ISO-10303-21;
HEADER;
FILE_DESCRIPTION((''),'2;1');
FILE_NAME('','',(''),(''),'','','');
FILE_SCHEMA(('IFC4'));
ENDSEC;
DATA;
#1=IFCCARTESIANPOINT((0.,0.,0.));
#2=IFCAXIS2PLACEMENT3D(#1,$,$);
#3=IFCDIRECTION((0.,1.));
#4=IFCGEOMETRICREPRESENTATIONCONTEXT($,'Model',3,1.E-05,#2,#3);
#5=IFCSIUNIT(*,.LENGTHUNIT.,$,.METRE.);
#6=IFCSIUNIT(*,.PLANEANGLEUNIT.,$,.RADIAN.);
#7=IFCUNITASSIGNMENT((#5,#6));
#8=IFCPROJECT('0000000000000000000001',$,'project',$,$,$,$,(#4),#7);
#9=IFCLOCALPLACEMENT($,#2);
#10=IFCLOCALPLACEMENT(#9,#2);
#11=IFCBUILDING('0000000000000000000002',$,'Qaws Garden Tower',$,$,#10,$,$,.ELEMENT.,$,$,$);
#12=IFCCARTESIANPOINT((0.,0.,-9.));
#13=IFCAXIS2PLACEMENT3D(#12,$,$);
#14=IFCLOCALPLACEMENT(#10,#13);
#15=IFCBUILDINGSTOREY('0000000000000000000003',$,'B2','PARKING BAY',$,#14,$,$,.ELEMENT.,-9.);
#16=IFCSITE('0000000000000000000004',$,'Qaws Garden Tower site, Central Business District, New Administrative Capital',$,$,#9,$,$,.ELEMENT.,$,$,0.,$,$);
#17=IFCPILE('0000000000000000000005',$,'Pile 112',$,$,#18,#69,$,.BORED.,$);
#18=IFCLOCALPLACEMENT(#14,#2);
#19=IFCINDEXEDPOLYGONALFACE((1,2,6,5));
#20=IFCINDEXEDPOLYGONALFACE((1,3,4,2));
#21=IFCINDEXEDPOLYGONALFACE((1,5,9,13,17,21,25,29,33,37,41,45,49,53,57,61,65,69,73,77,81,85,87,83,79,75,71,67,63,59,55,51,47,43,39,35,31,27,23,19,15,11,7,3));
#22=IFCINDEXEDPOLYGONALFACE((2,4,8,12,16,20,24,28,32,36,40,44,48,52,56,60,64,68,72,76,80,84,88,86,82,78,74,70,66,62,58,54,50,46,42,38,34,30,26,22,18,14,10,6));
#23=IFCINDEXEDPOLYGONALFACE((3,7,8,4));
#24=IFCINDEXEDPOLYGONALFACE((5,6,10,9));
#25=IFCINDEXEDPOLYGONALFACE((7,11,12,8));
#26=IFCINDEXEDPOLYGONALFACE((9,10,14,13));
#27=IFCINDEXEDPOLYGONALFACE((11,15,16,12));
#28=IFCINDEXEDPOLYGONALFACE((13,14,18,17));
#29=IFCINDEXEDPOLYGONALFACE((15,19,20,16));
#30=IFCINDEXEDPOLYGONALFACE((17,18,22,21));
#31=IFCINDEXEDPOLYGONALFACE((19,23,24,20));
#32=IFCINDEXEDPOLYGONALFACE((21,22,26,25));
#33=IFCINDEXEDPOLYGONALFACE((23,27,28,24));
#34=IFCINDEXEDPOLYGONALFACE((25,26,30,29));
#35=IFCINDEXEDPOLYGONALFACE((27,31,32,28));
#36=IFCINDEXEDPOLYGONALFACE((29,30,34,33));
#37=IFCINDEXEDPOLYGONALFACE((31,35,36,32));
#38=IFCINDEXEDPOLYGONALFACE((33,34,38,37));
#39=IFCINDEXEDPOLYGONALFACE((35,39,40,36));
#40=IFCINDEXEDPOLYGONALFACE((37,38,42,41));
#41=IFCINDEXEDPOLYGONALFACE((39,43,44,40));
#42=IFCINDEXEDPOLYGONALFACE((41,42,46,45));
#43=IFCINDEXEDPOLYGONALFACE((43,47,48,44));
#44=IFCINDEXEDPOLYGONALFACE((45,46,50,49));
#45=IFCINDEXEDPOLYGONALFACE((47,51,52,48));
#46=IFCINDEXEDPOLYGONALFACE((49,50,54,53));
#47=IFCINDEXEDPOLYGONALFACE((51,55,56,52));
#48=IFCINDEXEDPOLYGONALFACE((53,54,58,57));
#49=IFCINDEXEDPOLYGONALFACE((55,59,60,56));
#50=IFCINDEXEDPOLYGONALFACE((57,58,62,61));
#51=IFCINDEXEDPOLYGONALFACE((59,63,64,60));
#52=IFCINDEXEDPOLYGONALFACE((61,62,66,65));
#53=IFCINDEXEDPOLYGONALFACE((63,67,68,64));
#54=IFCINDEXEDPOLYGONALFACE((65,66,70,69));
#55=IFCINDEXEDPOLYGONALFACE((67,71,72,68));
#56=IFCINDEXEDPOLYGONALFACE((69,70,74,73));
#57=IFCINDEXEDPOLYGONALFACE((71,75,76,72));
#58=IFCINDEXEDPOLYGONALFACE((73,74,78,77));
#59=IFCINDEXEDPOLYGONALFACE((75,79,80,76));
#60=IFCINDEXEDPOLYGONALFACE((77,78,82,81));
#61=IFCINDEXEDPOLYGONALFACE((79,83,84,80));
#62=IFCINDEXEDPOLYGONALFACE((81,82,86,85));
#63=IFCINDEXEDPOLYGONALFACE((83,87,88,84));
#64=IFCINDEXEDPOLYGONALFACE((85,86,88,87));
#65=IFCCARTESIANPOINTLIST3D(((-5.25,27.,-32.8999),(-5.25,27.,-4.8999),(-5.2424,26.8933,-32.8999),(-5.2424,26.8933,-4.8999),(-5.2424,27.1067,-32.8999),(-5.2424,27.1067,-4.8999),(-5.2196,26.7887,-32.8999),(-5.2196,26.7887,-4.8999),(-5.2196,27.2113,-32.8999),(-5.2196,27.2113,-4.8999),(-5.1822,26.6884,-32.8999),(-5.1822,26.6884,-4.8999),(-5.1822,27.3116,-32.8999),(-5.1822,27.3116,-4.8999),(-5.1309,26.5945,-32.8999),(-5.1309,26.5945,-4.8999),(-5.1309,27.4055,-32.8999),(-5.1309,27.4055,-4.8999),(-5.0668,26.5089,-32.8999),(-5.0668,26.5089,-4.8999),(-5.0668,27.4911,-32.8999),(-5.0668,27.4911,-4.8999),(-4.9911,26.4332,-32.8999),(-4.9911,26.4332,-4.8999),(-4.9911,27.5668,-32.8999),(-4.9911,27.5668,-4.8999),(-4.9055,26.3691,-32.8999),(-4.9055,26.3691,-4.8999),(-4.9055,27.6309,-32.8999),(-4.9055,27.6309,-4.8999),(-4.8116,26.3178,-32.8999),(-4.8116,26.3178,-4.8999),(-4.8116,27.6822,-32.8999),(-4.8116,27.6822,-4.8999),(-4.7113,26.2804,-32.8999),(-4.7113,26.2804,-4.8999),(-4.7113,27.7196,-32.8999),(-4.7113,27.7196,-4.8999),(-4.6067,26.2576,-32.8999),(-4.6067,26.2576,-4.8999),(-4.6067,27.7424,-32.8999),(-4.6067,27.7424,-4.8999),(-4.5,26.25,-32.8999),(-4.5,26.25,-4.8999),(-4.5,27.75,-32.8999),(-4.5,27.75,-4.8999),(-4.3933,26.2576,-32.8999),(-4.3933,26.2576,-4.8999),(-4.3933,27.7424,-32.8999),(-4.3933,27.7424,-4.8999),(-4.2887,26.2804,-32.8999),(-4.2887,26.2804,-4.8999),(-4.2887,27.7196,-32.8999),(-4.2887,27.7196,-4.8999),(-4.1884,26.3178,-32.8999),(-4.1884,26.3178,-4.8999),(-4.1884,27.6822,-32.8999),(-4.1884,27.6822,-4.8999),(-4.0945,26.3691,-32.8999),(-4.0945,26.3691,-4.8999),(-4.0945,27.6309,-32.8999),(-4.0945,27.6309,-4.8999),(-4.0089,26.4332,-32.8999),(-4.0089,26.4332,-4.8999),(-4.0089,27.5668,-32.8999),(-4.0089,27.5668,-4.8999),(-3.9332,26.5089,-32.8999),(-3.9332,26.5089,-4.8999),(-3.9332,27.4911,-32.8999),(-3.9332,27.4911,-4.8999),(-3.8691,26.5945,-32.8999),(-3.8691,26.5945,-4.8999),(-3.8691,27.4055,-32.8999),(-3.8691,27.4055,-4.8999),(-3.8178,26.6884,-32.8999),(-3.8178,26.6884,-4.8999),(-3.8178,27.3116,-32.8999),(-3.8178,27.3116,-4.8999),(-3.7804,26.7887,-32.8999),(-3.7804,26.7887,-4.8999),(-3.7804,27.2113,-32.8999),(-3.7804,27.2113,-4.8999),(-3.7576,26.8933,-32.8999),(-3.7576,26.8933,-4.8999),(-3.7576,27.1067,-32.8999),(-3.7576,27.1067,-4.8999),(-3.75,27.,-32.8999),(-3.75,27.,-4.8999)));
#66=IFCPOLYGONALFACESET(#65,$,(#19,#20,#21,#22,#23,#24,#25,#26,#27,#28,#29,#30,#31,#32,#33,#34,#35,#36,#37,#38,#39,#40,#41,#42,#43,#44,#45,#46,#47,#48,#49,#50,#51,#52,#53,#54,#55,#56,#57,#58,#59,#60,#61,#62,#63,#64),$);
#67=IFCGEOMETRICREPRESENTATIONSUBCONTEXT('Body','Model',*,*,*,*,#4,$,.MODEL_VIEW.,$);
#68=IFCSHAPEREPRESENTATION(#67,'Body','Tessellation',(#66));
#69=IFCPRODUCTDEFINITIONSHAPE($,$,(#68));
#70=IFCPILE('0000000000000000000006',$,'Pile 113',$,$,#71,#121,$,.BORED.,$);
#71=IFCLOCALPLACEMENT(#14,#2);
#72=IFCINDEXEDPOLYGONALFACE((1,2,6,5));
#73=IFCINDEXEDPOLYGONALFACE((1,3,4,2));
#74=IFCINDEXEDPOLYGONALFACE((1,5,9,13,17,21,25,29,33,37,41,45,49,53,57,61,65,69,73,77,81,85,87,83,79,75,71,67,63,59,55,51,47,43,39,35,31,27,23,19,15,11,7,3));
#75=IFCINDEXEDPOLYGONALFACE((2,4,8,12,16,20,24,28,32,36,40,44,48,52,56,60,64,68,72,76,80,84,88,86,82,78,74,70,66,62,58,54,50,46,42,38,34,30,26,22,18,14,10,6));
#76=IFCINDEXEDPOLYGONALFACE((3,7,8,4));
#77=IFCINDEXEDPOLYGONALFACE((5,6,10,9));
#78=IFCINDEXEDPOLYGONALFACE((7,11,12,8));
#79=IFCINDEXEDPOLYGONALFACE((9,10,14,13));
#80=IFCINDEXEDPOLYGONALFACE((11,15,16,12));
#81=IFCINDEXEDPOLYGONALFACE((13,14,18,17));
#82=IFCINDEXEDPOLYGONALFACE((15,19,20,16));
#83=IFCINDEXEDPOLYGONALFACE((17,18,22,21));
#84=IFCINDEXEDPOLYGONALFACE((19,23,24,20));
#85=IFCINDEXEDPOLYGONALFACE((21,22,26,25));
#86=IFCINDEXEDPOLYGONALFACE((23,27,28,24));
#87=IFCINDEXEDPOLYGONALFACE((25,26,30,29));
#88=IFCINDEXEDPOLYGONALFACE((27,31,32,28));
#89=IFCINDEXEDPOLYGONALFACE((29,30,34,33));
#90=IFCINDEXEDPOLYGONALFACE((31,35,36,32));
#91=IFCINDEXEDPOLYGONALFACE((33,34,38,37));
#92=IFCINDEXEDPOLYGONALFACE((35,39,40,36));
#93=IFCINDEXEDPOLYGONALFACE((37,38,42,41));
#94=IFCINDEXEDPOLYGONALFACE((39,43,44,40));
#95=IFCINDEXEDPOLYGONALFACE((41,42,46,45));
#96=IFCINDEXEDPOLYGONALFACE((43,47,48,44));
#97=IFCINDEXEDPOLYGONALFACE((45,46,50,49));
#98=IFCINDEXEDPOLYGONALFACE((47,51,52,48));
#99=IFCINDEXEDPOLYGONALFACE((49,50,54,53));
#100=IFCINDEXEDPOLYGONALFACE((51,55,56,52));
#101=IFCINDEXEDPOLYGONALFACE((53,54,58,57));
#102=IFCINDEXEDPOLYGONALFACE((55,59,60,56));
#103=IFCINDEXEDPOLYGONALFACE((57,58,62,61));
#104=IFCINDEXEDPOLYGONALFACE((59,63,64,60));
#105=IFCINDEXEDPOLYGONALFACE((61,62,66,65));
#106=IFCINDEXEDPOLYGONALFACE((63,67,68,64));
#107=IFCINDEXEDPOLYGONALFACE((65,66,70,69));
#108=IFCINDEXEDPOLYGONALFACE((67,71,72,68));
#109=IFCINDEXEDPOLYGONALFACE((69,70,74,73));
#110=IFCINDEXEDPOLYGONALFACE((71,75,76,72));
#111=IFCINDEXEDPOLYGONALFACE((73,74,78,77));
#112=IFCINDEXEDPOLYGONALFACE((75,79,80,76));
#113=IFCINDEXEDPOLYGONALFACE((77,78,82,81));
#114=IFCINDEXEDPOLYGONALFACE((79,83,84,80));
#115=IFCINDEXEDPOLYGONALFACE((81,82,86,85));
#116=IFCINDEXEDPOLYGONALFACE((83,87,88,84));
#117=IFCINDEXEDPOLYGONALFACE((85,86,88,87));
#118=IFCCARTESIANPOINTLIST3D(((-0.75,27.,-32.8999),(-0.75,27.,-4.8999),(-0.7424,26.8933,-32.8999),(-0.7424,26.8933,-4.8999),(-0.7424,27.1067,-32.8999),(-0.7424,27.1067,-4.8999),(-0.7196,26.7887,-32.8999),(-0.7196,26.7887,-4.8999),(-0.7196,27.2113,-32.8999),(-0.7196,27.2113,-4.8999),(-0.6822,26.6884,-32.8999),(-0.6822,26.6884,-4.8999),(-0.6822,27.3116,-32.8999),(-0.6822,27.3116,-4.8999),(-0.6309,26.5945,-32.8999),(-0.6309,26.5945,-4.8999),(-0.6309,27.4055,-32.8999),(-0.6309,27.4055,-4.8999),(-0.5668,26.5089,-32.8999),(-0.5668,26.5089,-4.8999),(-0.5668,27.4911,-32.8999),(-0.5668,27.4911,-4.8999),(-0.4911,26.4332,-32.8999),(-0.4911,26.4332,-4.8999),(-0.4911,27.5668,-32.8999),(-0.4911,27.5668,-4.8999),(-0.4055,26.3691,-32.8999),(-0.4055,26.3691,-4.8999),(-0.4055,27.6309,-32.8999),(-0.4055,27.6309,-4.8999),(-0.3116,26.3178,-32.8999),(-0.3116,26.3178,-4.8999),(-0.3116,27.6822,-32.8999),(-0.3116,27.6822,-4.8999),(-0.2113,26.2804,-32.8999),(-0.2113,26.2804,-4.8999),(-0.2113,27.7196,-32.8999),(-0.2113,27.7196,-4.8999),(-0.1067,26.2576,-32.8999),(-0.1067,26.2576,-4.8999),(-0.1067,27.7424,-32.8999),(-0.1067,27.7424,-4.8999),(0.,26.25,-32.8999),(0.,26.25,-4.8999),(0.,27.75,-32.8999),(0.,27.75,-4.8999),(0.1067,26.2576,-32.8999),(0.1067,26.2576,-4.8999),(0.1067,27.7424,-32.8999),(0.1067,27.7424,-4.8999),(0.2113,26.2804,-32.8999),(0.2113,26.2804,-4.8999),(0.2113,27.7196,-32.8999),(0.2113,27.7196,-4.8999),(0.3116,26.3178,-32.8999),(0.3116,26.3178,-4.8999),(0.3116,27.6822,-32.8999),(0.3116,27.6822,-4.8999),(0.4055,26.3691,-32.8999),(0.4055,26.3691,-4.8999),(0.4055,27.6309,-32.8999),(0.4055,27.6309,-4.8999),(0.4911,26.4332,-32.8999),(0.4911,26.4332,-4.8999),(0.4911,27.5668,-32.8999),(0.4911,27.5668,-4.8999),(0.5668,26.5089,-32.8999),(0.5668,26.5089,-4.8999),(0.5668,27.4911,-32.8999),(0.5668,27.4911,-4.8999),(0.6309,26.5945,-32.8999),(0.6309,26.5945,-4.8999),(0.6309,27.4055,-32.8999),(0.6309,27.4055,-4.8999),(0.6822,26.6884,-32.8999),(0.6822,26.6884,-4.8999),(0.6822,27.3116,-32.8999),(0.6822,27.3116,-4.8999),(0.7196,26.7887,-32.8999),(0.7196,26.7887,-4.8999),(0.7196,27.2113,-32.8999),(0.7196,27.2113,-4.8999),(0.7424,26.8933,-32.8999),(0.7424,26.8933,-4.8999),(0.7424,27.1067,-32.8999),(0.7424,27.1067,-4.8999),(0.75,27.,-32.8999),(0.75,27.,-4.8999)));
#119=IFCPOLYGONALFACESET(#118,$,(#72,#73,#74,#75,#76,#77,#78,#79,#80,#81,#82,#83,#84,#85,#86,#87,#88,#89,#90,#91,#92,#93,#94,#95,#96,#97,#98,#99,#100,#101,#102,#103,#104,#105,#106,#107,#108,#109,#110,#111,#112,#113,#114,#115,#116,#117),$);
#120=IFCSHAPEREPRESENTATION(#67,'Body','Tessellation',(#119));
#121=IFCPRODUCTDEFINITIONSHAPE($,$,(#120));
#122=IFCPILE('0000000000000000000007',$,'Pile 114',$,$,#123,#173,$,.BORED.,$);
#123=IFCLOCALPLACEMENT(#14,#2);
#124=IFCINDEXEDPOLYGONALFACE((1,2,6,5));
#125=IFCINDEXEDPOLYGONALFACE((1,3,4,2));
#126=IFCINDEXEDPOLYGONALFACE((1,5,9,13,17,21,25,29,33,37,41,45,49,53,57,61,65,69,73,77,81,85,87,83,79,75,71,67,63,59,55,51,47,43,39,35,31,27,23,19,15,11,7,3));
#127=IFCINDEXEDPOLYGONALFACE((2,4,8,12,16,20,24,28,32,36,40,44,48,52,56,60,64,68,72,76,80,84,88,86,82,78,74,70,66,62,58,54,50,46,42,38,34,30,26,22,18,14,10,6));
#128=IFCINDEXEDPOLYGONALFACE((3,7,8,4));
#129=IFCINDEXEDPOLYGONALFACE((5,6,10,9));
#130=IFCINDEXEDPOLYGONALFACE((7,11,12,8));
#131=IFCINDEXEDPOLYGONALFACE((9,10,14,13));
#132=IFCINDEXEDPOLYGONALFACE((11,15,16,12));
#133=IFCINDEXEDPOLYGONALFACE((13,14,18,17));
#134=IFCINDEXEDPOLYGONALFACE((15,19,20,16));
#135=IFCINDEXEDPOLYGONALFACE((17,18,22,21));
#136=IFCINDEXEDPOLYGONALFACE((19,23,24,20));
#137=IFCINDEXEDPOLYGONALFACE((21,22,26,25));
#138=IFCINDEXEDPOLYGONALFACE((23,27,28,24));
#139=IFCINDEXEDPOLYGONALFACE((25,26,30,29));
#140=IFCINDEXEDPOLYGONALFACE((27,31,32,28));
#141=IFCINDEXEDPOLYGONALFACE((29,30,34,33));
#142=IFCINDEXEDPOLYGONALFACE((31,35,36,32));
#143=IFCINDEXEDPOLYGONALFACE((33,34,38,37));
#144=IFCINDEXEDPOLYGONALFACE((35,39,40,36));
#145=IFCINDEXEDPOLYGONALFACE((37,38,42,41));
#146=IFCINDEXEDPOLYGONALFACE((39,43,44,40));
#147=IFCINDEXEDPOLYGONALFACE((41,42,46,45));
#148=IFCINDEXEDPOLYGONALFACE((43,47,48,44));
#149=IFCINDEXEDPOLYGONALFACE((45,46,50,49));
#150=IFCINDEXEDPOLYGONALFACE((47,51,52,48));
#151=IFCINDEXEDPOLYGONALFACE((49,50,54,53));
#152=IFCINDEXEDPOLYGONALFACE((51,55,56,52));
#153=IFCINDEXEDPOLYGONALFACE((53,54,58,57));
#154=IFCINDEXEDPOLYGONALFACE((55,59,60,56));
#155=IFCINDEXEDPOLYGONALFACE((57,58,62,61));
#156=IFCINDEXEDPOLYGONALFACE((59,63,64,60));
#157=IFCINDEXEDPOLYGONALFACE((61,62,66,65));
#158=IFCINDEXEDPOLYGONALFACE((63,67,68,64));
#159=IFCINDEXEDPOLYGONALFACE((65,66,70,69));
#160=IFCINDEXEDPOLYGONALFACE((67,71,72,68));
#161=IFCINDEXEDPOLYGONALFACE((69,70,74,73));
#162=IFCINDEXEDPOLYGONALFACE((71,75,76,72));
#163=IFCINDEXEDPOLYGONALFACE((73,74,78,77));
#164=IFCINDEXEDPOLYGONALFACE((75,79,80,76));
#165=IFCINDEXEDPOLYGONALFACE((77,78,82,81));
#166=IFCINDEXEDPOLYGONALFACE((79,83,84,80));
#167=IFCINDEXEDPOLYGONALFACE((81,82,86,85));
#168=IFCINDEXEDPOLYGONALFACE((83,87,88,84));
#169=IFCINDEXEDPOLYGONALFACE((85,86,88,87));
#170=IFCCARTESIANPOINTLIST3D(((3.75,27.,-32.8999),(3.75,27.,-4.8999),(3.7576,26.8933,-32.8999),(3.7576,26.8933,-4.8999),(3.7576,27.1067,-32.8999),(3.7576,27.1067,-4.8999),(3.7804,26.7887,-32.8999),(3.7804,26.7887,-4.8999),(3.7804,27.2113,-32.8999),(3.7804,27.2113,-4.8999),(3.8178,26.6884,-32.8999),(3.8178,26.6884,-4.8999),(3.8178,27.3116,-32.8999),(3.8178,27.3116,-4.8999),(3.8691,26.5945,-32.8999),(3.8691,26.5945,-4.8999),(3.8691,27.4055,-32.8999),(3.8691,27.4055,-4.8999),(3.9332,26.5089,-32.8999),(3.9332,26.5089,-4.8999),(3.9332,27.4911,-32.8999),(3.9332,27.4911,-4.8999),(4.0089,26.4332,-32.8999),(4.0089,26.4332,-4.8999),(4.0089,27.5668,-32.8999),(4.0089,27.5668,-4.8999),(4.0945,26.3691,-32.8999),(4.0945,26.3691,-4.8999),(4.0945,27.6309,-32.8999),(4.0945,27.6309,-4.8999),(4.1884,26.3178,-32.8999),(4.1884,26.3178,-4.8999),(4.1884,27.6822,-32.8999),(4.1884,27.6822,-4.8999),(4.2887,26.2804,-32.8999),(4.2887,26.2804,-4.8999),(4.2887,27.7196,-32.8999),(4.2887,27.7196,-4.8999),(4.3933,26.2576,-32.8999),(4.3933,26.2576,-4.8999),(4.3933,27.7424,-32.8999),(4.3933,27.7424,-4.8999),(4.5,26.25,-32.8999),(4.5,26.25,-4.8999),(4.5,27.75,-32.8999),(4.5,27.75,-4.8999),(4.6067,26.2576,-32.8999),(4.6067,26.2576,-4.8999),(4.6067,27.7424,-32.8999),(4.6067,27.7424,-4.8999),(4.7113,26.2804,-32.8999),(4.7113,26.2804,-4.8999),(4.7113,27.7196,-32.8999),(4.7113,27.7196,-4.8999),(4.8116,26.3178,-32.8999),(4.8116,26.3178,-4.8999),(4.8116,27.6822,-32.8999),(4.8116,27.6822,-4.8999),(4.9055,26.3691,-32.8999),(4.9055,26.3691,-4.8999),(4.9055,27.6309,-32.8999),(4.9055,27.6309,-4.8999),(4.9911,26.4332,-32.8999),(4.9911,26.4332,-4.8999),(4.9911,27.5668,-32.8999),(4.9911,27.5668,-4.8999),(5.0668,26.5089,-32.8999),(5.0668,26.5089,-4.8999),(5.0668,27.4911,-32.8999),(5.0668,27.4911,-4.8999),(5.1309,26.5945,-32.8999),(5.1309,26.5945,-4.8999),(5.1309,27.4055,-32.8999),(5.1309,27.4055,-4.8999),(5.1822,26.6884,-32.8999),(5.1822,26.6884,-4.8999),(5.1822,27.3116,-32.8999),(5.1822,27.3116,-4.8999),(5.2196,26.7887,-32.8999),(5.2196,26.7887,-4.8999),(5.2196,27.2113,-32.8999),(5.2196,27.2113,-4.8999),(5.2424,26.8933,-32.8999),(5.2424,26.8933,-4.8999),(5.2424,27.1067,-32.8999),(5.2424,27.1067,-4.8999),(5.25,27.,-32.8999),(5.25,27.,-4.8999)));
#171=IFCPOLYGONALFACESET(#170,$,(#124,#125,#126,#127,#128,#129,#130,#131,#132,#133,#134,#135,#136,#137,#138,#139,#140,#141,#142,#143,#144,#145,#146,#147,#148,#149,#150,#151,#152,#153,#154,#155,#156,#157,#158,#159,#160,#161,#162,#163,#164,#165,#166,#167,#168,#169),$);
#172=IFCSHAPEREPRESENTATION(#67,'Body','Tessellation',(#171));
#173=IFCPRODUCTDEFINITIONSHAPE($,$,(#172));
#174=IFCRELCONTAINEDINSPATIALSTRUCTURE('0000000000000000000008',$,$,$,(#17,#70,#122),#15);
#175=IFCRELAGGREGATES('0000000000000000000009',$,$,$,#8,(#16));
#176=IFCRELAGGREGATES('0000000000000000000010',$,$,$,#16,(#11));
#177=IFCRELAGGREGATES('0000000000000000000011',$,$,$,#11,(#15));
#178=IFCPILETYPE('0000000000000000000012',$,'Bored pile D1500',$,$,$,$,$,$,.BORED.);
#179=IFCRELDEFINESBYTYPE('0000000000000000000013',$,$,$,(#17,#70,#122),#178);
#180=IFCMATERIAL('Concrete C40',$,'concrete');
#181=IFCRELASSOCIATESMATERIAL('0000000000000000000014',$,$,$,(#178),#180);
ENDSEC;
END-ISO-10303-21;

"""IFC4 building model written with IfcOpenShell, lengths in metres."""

from ifc_helpers import new_model, si_unit, direction, frame, origin, origin_2d, place, context, subcontext, project, spatial, circle, extrude, material, material_profile, profile_set, type_object, element, save


model = new_model("IFC4")

# Units and contexts
model_context = context("Model", 3, precision=1e-05, world=origin(), true_north=direction((0.0, 1.0)))
body_context = subcontext(model_context, "Body", "Model", "MODEL_VIEW")
ifc_project = project(units=[si_unit("LENGTHUNIT", "METRE"), si_unit("PLANEANGLEUNIT", "RADIAN")], contexts=[model_context])

# Site, building, storey
site_placement = place(None, origin())
site = spatial("IfcSite", under=ifc_project, at=site_placement, Name="Qaws Garden Tower site, Central Business District, New Administrative Capital", CompositionType="ELEMENT", RefElevation=0.0)
building_placement = place(site_placement, origin())
building = spatial("IfcBuilding", under=site, at=building_placement, Name="Qaws Garden Tower", CompositionType="ELEMENT")
storey_placement = place(building_placement, frame((0.0, 0.0, -9.0)))
storey = spatial("IfcBuildingStorey", under=building, at=storey_placement, Name="B2", Description="PARKING BAY", CompositionType="ELEMENT", Elevation=-9.0)

# Piles
ifc_material_1 = material(Name="Concrete C40", Category="concrete")
ifc_material_profile_1 = material_profile(ifc_material_1, circle(Radius=0.75, at=origin_2d()), Name="Bored pile D1500")
ifc_profile_set_1 = profile_set([ifc_material_profile_1], Name="Concrete C40")
pile_type = type_object("IfcPileType", Name="Bored pile D1500", PredefinedType="BORED", material=ifc_profile_set_1)
for number, where, z_axis, x_axis, name in (
    (1, (-4.5, 27.0, -4.8999), (0.0, 0.0, -1.0), (1.0, 0.0, 0.0), "Pile 112"),
    (2, (0.0, 27.0, -4.8999), (0.0, 0.0, -1.0), (1.0, 0.0, 0.0), "Pile 113"),
    (3, (4.5, 27.0, -4.8999), (0.0, 0.0, -1.0), (1.0, 0.0, 0.0), "Pile 114"),
):
    element("IfcPile", number, at=place(storey_placement, frame(where, z_axis=z_axis, x_axis=x_axis)), inside=storey, type_object=pile_type, Name=name, PredefinedType="BORED", context=body_context, shape_type="SweptSolid", body=[
        extrude(circle(Radius=0.75, at=origin_2d()), origin(), (0.0, 0.0, 1.0), 28.0),
    ])

save(model, "model.ifc")
